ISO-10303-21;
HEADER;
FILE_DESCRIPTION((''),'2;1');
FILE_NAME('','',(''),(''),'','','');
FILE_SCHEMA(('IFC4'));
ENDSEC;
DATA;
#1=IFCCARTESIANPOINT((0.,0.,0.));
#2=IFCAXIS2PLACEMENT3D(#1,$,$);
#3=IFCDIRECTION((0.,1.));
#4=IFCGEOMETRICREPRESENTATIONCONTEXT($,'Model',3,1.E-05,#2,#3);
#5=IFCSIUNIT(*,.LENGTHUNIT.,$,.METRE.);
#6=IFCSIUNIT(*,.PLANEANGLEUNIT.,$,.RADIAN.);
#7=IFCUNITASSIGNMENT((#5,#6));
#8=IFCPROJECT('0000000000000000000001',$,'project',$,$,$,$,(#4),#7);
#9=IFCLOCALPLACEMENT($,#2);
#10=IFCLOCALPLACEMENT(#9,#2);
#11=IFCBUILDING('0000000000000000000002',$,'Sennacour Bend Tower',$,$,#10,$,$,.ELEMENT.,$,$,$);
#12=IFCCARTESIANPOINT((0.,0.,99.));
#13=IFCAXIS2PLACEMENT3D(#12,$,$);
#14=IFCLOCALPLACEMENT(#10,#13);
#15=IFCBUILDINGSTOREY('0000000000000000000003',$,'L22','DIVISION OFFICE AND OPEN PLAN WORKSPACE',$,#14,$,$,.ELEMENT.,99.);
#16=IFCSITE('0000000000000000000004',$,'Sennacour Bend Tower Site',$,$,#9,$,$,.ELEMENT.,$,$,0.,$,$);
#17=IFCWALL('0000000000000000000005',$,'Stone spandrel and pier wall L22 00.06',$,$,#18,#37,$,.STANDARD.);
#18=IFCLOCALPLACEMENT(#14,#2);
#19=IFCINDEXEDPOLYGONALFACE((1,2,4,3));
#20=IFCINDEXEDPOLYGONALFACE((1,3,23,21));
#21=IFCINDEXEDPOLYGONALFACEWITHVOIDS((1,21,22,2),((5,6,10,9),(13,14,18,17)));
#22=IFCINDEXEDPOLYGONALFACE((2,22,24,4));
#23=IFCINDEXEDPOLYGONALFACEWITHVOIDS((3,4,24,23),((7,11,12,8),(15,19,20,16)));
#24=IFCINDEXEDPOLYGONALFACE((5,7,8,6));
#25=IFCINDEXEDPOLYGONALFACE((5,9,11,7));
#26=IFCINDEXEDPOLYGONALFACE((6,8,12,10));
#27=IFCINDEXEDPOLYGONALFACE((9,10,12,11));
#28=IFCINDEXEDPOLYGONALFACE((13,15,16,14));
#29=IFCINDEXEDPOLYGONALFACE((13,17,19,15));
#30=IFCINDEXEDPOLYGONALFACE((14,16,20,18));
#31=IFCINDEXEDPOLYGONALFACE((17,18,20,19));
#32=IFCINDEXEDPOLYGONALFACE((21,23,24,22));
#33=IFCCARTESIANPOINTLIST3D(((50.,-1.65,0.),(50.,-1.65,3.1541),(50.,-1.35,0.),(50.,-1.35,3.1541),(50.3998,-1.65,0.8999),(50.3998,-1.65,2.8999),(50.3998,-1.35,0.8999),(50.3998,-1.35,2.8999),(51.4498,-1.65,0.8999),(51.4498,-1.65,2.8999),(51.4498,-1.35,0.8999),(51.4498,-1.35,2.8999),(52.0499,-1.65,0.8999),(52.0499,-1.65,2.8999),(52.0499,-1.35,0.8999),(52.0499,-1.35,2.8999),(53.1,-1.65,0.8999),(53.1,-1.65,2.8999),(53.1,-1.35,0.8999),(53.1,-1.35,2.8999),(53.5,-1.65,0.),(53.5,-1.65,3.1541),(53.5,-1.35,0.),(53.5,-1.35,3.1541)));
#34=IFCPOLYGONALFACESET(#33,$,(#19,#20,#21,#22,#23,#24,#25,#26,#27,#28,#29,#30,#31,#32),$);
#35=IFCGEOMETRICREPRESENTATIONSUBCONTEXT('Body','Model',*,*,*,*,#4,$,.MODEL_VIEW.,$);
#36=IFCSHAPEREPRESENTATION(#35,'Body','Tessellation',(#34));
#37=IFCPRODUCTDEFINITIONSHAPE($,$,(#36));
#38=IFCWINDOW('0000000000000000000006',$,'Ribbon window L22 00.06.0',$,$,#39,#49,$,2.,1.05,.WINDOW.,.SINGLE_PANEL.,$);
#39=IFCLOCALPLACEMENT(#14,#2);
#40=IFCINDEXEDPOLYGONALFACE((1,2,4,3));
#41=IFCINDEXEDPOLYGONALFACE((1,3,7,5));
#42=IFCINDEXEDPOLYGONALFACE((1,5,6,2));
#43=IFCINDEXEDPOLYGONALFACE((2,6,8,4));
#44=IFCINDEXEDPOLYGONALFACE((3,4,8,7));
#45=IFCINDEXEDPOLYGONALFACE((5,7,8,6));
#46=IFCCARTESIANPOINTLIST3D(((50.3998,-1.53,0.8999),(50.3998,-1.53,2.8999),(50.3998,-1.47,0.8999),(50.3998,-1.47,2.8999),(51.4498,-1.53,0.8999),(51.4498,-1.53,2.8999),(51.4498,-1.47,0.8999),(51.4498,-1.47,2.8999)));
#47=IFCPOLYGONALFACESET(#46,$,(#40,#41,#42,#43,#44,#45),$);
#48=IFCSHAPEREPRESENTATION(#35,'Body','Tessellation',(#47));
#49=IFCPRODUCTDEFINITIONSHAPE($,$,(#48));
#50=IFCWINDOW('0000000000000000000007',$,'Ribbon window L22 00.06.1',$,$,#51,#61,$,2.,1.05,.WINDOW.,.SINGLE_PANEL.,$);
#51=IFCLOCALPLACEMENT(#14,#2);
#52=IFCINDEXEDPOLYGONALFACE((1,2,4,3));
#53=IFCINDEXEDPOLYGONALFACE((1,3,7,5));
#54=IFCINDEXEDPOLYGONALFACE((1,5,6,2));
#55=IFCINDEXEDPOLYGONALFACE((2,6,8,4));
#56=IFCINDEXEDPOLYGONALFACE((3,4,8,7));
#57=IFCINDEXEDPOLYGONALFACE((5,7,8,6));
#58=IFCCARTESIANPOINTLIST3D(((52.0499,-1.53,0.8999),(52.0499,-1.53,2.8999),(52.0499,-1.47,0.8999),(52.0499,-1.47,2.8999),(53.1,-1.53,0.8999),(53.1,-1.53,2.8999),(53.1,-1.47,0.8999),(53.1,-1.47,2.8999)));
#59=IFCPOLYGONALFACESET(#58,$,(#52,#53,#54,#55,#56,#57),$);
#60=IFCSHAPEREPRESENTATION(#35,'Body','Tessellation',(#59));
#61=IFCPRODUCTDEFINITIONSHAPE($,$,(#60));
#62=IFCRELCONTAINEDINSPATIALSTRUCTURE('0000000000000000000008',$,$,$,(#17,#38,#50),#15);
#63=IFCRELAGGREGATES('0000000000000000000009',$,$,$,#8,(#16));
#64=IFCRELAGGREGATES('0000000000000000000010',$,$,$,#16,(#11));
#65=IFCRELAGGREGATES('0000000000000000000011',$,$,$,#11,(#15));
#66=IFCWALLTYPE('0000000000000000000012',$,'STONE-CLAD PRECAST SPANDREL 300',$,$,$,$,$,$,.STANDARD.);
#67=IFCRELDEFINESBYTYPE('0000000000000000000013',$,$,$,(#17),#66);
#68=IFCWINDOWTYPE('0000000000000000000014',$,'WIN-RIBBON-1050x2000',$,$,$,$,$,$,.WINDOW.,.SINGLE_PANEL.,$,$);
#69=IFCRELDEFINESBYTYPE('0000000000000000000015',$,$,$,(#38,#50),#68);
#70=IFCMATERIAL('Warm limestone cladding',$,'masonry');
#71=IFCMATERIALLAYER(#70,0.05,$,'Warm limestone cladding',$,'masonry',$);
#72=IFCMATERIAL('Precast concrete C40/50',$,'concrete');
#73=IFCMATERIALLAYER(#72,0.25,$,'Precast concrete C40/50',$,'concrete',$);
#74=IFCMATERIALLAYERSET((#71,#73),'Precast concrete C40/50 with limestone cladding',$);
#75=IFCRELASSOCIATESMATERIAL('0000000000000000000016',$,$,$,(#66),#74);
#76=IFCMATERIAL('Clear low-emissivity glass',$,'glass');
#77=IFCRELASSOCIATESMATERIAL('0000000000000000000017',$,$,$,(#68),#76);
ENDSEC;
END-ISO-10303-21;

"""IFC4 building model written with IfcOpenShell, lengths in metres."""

from ifc_helpers import new_model, si_unit, direction, frame, frame_2d, origin, place, context, subcontext, project, spatial, rectangle, extrude, material, layer, layer_set, type_object, element, fill, save


model = new_model("IFC4")

# Units and contexts
model_context = context("Model", 3, precision=1e-05, world=origin(), true_north=direction((0.0, 1.0)))
body_context = subcontext(model_context, "Body", "Model", "MODEL_VIEW")
ifc_project = project(units=[si_unit("LENGTHUNIT", "METRE"), si_unit("PLANEANGLEUNIT", "RADIAN")], contexts=[model_context])

# Site, building, storey
site_placement = place(None, origin())
site = spatial("IfcSite", under=ifc_project, at=site_placement, Name="Sennacour Bend Tower Site", CompositionType="ELEMENT", RefElevation=0.0)
building_placement = place(site_placement, origin())
building = spatial("IfcBuilding", under=site, at=building_placement, Name="Sennacour Bend Tower", CompositionType="ELEMENT")
storey_placement = place(building_placement, frame((0.0, 0.0, 99.0)))
storey = spatial("IfcBuildingStorey", under=building, at=storey_placement, Name="L22", Description="DIVISION OFFICE AND OPEN PLAN WORKSPACE", CompositionType="ELEMENT", Elevation=99.0)

# Wall, openings, windows
ifc_material_1 = material(Name="Warm limestone cladding", Category="masonry")
ifc_layer_1 = layer(ifc_material_1, 0.05, Name="Warm limestone cladding", Category="masonry")
ifc_material_2 = material(Name="Precast concrete C40/50", Category="concrete")
ifc_layer_2 = layer(ifc_material_2, 0.25, Name="Precast concrete C40/50", Category="concrete")
ifc_layer_set_1 = layer_set([ifc_layer_1, ifc_layer_2], Name="Precast concrete C40/50 with limestone cladding")
wall_type_1 = type_object("IfcWallType", Name="STONE-CLAD PRECAST SPANDREL 300", PredefinedType="STANDARD", material=ifc_layer_set_1)
ifc_material_3 = material(Name="Clear low-emissivity glass", Category="glass")
window_type = type_object("IfcWindowType", Name="WIN-RIBBON-1050x2000", PartitioningType="SINGLE_PANEL", PredefinedType="WINDOW", material=ifc_material_3)
wall_1_placement = place(storey_placement, frame((50.0, -1.5, 0.0), z_axis=(0.0, 0.0, 1.0), x_axis=(1.0, 0.0, 0.0)))
wall_1 = element("IfcWall", 1, at=wall_1_placement, inside=storey, type_object=wall_type_1, Name="Stone spandrel and pier wall L22 00.06", PredefinedType="STANDARD", context=body_context, shape_type="SweptSolid", body=[
    extrude(rectangle(XDim=3.5, YDim=0.3, at=frame_2d((1.75, 0.0))), origin(), (0.0, 0.0, 1.0), 3.1541),
])
opening_1_placement = place(wall_1_placement, frame((0.3999, 0.0, 0.8999)))
opening_1 = element("IfcOpeningElement", 2, at=opening_1_placement, cuts=wall_1, PredefinedType="OPENING", context=body_context, shape_type="SweptSolid", body=[
    extrude(rectangle(XDim=1.05, YDim=2.0, at=frame_2d((0.5249, 1.0))), frame((0.0, 0.1602, 0.0), z_axis=(0.0, -1.0, 0.0), x_axis=(1.0, 0.0, 0.0)), (0.0, 0.0, 1.0), 0.3201),
])
opening_2_placement = place(wall_1_placement, frame((2.05, 0.0, 0.8999)))
opening_2 = element("IfcOpeningElement", 3, at=opening_2_placement, cuts=wall_1, PredefinedType="OPENING", context=body_context, shape_type="SweptSolid", body=[
    extrude(rectangle(XDim=1.05, YDim=2.0, at=frame_2d((0.5249, 1.0))), frame((0.0, 0.1602, 0.0), z_axis=(0.0, -1.0, 0.0), x_axis=(1.0, 0.0, 0.0)), (0.0, 0.0, 1.0), 0.3201),
])
window_1_placement = place(opening_1_placement, origin())
window_1 = element("IfcWindow", 4, at=window_1_placement, inside=storey, type_object=window_type, Name="Ribbon window L22 00.06.0", OverallHeight=2.0, OverallWidth=1.05, PartitioningType="SINGLE_PANEL", PredefinedType="WINDOW", context=body_context, shape_type="SweptSolid", body=[
    extrude(rectangle(XDim=1.05, YDim=2.0, at=frame_2d((0.5249, 1.0))), frame((0.0, 0.03, 0.0), z_axis=(0.0, -1.0, 0.0), x_axis=(1.0, 0.0, 0.0)), (0.0, 0.0, 1.0), 0.0601),
])
fill(opening_1, window_1)
window_2_placement = place(opening_2_placement, origin())
window_2 = element("IfcWindow", 5, at=window_2_placement, inside=storey, type_object=window_type, Name="Ribbon window L22 00.06.1", OverallHeight=2.0, OverallWidth=1.05, PartitioningType="SINGLE_PANEL", PredefinedType="WINDOW", context=body_context, shape_type="SweptSolid", body=[
    extrude(rectangle(XDim=1.05, YDim=2.0, at=frame_2d((0.5249, 1.0))), frame((0.0, 0.03, 0.0), z_axis=(0.0, -1.0, 0.0), x_axis=(1.0, 0.0, 0.0)), (0.0, 0.0, 1.0), 0.0601),
])
fill(opening_2, window_2)

save(model, "model.ifc")
